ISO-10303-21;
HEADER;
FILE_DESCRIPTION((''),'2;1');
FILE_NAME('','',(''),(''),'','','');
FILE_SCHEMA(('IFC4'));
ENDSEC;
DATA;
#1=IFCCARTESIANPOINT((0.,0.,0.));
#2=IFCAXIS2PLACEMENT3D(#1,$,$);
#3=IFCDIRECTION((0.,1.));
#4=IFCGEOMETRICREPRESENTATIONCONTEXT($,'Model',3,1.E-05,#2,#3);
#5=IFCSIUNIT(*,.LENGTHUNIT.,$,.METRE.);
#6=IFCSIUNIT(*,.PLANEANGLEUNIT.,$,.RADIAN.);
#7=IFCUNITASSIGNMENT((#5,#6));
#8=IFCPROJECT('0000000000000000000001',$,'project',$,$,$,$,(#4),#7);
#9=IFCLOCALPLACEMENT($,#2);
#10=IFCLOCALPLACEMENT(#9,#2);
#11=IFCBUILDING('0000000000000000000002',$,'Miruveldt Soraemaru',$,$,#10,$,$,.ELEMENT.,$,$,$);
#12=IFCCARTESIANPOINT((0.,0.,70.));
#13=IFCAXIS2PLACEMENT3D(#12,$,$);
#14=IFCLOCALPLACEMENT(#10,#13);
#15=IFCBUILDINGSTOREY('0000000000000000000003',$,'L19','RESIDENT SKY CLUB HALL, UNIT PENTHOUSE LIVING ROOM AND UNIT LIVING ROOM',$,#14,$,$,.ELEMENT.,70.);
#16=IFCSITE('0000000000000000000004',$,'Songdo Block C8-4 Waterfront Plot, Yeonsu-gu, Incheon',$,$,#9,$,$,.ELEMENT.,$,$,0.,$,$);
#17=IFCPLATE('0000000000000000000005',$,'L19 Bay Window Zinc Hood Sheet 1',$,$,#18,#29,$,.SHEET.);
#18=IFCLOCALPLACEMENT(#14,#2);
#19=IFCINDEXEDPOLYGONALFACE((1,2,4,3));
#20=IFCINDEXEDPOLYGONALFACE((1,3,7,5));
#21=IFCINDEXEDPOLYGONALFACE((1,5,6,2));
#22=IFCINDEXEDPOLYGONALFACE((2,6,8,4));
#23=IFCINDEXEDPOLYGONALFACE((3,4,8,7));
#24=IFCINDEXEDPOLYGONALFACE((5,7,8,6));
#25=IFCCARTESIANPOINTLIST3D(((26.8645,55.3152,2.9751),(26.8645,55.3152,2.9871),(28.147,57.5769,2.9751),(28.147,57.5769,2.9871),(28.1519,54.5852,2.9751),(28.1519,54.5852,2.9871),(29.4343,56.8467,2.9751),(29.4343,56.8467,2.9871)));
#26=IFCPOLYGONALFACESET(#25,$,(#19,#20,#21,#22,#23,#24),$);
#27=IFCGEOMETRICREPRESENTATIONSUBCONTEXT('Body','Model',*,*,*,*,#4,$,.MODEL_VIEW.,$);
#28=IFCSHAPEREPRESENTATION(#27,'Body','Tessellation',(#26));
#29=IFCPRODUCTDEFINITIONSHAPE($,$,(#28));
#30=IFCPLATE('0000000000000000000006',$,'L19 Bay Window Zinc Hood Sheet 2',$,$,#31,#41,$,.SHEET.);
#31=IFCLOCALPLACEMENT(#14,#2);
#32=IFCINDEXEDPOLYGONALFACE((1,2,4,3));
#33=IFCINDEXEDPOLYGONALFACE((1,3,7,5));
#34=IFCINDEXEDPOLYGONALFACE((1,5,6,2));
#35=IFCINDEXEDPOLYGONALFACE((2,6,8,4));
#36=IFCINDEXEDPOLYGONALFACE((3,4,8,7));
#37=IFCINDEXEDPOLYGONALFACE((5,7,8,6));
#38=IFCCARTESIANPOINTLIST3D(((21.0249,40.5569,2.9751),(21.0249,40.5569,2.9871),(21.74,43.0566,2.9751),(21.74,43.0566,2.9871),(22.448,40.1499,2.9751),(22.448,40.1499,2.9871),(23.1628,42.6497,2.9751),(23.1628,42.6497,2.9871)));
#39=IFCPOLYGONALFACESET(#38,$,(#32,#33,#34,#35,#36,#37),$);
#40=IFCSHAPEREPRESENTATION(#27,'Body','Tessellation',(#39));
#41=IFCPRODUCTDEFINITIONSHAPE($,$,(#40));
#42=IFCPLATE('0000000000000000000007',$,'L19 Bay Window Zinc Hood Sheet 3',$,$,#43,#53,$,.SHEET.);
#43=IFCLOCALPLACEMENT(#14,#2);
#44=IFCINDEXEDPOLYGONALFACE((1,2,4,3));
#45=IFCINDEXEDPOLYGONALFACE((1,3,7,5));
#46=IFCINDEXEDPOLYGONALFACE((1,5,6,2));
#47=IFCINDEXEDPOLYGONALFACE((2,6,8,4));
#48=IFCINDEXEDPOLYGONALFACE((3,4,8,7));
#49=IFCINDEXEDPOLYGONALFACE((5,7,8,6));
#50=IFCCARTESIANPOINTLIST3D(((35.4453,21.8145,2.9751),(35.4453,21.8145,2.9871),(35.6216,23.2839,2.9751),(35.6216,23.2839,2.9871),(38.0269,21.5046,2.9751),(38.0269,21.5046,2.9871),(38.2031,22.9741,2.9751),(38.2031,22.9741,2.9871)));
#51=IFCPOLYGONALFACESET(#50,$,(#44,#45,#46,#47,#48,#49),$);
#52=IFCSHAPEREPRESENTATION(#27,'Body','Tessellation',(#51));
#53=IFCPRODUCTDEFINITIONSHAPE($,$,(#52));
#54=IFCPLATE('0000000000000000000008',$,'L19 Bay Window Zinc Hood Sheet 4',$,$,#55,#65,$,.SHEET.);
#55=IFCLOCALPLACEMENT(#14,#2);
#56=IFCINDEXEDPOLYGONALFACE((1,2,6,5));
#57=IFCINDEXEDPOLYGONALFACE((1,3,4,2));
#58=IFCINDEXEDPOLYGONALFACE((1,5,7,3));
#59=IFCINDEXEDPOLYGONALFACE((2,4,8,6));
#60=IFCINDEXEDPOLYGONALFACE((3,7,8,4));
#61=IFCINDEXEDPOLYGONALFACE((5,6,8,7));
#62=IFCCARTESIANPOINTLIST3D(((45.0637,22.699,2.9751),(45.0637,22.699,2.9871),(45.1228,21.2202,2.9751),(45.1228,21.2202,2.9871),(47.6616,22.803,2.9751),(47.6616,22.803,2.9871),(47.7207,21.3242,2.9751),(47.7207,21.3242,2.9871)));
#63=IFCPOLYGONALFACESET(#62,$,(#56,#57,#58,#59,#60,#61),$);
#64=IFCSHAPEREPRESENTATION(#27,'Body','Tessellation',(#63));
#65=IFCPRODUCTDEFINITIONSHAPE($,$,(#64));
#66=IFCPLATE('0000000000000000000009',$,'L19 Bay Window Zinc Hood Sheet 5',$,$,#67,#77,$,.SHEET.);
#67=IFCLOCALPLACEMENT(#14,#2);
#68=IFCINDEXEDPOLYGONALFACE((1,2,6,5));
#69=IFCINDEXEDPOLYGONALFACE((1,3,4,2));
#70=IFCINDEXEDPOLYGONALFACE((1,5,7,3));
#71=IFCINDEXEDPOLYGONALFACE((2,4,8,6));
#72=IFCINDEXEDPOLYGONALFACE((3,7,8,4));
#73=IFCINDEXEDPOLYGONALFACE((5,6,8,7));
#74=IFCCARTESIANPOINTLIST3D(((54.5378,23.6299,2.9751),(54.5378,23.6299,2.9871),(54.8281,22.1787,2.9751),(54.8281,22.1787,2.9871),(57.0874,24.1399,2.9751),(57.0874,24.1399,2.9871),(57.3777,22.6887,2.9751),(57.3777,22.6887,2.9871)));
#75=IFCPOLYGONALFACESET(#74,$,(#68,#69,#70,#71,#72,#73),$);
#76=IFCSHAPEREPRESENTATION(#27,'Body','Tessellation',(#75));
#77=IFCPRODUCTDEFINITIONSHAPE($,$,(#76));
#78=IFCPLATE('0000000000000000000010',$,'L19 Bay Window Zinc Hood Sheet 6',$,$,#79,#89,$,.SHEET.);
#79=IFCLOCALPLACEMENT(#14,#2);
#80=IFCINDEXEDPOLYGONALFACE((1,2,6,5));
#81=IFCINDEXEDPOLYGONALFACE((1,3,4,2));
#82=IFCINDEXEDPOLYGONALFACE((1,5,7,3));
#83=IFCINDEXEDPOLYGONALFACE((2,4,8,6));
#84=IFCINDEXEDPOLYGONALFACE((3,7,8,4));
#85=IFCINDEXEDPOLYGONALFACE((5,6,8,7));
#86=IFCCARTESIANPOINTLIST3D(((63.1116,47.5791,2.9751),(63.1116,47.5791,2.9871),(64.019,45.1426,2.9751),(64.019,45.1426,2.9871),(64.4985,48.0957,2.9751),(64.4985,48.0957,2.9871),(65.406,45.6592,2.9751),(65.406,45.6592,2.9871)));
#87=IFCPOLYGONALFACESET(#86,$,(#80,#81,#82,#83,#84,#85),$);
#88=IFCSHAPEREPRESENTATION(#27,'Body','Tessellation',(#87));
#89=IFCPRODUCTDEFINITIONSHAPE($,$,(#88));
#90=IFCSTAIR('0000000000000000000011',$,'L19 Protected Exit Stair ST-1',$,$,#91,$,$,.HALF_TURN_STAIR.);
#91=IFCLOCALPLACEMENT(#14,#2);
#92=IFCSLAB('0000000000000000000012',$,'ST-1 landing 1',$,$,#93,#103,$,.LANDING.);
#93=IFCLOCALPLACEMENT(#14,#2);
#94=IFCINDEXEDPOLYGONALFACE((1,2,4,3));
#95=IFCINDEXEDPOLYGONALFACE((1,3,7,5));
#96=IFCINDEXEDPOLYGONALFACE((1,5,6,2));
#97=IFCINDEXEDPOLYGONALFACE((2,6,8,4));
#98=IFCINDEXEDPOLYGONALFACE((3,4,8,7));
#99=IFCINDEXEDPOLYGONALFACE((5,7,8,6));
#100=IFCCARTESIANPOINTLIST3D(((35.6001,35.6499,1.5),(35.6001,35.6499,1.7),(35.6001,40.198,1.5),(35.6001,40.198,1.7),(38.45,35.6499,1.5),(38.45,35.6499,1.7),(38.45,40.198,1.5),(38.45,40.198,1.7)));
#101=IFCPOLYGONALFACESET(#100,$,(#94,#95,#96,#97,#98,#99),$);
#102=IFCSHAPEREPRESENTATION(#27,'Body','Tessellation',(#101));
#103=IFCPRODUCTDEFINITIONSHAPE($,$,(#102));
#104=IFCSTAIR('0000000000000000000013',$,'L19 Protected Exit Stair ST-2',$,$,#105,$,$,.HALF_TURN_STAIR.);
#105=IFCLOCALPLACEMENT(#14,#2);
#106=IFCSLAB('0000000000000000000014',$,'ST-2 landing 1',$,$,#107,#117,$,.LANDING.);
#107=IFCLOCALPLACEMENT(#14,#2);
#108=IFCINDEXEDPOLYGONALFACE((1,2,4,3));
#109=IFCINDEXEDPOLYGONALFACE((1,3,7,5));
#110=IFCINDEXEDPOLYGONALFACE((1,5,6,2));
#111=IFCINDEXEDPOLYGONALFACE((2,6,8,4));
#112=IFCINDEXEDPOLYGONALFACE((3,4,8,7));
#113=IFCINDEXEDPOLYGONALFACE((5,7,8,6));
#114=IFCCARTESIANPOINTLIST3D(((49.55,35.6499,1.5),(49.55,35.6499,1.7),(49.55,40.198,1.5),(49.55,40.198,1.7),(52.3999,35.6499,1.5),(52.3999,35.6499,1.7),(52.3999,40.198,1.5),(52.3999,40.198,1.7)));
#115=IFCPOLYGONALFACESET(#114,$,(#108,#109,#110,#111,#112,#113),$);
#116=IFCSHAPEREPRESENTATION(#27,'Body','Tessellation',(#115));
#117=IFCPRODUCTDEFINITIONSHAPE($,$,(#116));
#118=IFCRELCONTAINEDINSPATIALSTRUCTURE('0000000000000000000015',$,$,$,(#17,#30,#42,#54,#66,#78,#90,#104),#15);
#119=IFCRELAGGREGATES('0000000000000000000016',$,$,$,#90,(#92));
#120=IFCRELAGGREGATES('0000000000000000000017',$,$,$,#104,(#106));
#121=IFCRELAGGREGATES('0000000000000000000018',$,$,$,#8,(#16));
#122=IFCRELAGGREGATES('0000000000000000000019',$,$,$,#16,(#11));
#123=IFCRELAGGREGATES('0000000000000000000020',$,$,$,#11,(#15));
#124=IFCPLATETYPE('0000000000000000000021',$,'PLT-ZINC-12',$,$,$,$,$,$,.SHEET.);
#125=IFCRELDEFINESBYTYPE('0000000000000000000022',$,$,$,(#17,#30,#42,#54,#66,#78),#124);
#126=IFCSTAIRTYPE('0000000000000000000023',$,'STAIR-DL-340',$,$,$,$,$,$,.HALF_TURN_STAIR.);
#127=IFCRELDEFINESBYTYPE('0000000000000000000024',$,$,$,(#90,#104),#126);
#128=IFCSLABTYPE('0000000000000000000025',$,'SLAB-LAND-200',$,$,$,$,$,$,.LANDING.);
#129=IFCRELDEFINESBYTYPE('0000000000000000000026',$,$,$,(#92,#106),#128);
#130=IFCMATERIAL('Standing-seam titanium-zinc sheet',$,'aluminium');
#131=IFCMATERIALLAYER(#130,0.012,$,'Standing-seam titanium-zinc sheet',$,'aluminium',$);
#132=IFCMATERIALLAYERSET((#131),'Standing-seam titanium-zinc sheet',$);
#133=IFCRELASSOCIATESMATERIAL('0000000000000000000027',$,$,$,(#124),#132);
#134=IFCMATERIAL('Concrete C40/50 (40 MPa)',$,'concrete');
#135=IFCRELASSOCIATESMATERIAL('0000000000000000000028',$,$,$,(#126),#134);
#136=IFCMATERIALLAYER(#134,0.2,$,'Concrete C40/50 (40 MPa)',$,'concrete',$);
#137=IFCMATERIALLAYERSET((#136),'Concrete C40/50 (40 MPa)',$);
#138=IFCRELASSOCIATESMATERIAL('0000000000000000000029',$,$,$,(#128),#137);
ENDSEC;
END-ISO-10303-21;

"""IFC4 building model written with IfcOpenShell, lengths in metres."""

from ifc_helpers import new_model, si_unit, direction, frame, origin, place, context, subcontext, project, spatial, polyline, outline, extrude, material, layer, layer_set, type_object, element, aggregate, save


model = new_model("IFC4")

# Units and contexts
model_context = context("Model", 3, precision=1e-05, world=origin(), true_north=direction((0.0, 1.0)))
body_context = subcontext(model_context, "Body", "Model", "MODEL_VIEW")
ifc_project = project(units=[si_unit("LENGTHUNIT", "METRE"), si_unit("PLANEANGLEUNIT", "RADIAN")], contexts=[model_context])

# Site, building, storey
site_placement = place(None, origin())
site = spatial("IfcSite", under=ifc_project, at=site_placement, Name="Songdo Block C8-4 Waterfront Plot, Yeonsu-gu, Incheon", CompositionType="ELEMENT", RefElevation=0.0)
building_placement = place(site_placement, origin())
building = spatial("IfcBuilding", under=site, at=building_placement, Name="Miruveldt Soraemaru", CompositionType="ELEMENT")
storey_placement = place(building_placement, frame((0.0, 0.0, 70.0)))
storey = spatial("IfcBuildingStorey", under=building, at=storey_placement, Name="L19", Description="RESIDENT SKY CLUB HALL, UNIT PENTHOUSE LIVING ROOM AND UNIT LIVING ROOM", CompositionType="ELEMENT", Elevation=70.0)

# Plates
ifc_material_1 = material(Name="Standing-seam titanium-zinc sheet", Category="aluminium")
ifc_layer_1 = layer(ifc_material_1, 0.012, Name="Standing-seam titanium-zinc sheet", Category="aluminium")
ifc_layer_set_1 = layer_set([ifc_layer_1], Name="Standing-seam titanium-zinc sheet")
plate_type = type_object("IfcPlateType", Name="PLT-ZINC-12", PredefinedType="SHEET", material=ifc_layer_set_1)
plate_1_placement = place(storey_placement, frame((0.0, 0.0, 2.9751)))
element("IfcPlate", 1, at=plate_1_placement, inside=storey, type_object=plate_type, Name="L19 Bay Window Zinc Hood Sheet 1", PredefinedType="SHEET", context=body_context, shape_type="SweptSolid", body=[
    extrude(outline(polyline([(29.4343, 56.8467), (28.1519, 54.5852), (26.8645, 55.3152), (28.147, 57.5769), (29.4343, 56.8467)])), origin(), (0.0, 0.0, 1.0), 0.012),
])
plate_2_placement = place(storey_placement, frame((0.0, 0.0, 2.9751)))
element("IfcPlate", 2, at=plate_2_placement, inside=storey, type_object=plate_type, Name="L19 Bay Window Zinc Hood Sheet 2", PredefinedType="SHEET", context=body_context, shape_type="SweptSolid", body=[
    extrude(outline(polyline([(23.1628, 42.6497), (22.448, 40.1499), (21.0249, 40.5569), (21.74, 43.0566), (23.1628, 42.6497)])), origin(), (0.0, 0.0, 1.0), 0.012),
])
plate_3_placement = place(storey_placement, frame((0.0, 0.0, 2.9751)))
element("IfcPlate", 3, at=plate_3_placement, inside=storey, type_object=plate_type, Name="L19 Bay Window Zinc Hood Sheet 3", PredefinedType="SHEET", context=body_context, shape_type="SweptSolid", body=[
    extrude(outline(polyline([(35.6216, 23.2839), (38.2031, 22.9741), (38.0269, 21.5046), (35.4453, 21.8145), (35.6216, 23.2839)])), origin(), (0.0, 0.0, 1.0), 0.012),
])
plate_4_placement = place(storey_placement, frame((0.0, 0.0, 2.9751)))
element("IfcPlate", 4, at=plate_4_placement, inside=storey, type_object=plate_type, Name="L19 Bay Window Zinc Hood Sheet 4", PredefinedType="SHEET", context=body_context, shape_type="SweptSolid", body=[
    extrude(outline(polyline([(45.0637, 22.699), (47.6616, 22.803), (47.7207, 21.3242), (45.1228, 21.2202), (45.0637, 22.699)])), origin(), (0.0, 0.0, 1.0), 0.012),
])
plate_5_placement = place(storey_placement, frame((0.0, 0.0, 2.9751)))
element("IfcPlate", 5, at=plate_5_placement, inside=storey, type_object=plate_type, Name="L19 Bay Window Zinc Hood Sheet 5", PredefinedType="SHEET", context=body_context, shape_type="SweptSolid", body=[
    extrude(outline(polyline([(54.5378, 23.6299), (57.0874, 24.1399), (57.3777, 22.6887), (54.8281, 22.1787), (54.5378, 23.6299)])), origin(), (0.0, 0.0, 1.0), 0.012),
])
plate_6_placement = place(storey_placement, frame((0.0, 0.0, 2.9751)))
element("IfcPlate", 6, at=plate_6_placement, inside=storey, type_object=plate_type, Name="L19 Bay Window Zinc Hood Sheet 6", PredefinedType="SHEET", context=body_context, shape_type="SweptSolid", body=[
    extrude(outline(polyline([(64.019, 45.1426), (63.1116, 47.5791), (64.4985, 48.0957), (65.406, 45.6592), (64.019, 45.1426)])), origin(), (0.0, 0.0, 1.0), 0.012),
])

# Stairs, slabs
ifc_material_2 = material(Name="Concrete C40/50 (40 MPa)", Category="concrete")
stair_type = type_object("IfcStairType", Name="STAIR-DL-340", PredefinedType="HALF_TURN_STAIR", material=ifc_material_2)
stair_1_placement = place(storey_placement, origin())
stair_1 = element("IfcStair", 7, at=stair_1_placement, inside=storey, type_object=stair_type, Name="L19 Protected Exit Stair ST-1", PredefinedType="HALF_TURN_STAIR")
ifc_layer_2 = layer(ifc_material_2, 0.2, Name="Concrete C40/50 (40 MPa)", Category="concrete")
ifc_layer_set_2 = layer_set([ifc_layer_2], Name="Concrete C40/50 (40 MPa)")
slab_type_1 = type_object("IfcSlabType", Name="SLAB-LAND-200", PredefinedType="LANDING", material=ifc_layer_set_2)
slab_1_placement = place(storey_placement, frame((0.0, 0.0, 1.5)))
slab_1 = element("IfcSlab", 8, at=slab_1_placement, type_object=slab_type_1, Name="ST-1 landing 1", PredefinedType="LANDING", context=body_context, shape_type="SweptSolid", body=[
    extrude(outline(polyline([(35.6001, 40.198), (35.6001, 35.6499), (38.45, 35.6499), (38.45, 40.198), (35.6001, 40.198)])), origin(), (0.0, 0.0, 1.0), 0.2),
])
aggregate(stair_1, [slab_1])
stair_2_placement = place(storey_placement, origin())
stair_2 = element("IfcStair", 9, at=stair_2_placement, inside=storey, type_object=stair_type, Name="L19 Protected Exit Stair ST-2", PredefinedType="HALF_TURN_STAIR")
slab_2_placement = place(storey_placement, frame((0.0, 0.0, 1.5)))
slab_2 = element("IfcSlab", 10, at=slab_2_placement, type_object=slab_type_1, Name="ST-2 landing 1", PredefinedType="LANDING", context=body_context, shape_type="SweptSolid", body=[
    extrude(outline(polyline([(49.55, 40.198), (49.55, 35.6499), (52.3999, 35.6499), (52.3999, 40.198), (49.55, 40.198)])), origin(), (0.0, 0.0, 1.0), 0.2),
])
aggregate(stair_2, [slab_2])

save(model, "model.ifc")
